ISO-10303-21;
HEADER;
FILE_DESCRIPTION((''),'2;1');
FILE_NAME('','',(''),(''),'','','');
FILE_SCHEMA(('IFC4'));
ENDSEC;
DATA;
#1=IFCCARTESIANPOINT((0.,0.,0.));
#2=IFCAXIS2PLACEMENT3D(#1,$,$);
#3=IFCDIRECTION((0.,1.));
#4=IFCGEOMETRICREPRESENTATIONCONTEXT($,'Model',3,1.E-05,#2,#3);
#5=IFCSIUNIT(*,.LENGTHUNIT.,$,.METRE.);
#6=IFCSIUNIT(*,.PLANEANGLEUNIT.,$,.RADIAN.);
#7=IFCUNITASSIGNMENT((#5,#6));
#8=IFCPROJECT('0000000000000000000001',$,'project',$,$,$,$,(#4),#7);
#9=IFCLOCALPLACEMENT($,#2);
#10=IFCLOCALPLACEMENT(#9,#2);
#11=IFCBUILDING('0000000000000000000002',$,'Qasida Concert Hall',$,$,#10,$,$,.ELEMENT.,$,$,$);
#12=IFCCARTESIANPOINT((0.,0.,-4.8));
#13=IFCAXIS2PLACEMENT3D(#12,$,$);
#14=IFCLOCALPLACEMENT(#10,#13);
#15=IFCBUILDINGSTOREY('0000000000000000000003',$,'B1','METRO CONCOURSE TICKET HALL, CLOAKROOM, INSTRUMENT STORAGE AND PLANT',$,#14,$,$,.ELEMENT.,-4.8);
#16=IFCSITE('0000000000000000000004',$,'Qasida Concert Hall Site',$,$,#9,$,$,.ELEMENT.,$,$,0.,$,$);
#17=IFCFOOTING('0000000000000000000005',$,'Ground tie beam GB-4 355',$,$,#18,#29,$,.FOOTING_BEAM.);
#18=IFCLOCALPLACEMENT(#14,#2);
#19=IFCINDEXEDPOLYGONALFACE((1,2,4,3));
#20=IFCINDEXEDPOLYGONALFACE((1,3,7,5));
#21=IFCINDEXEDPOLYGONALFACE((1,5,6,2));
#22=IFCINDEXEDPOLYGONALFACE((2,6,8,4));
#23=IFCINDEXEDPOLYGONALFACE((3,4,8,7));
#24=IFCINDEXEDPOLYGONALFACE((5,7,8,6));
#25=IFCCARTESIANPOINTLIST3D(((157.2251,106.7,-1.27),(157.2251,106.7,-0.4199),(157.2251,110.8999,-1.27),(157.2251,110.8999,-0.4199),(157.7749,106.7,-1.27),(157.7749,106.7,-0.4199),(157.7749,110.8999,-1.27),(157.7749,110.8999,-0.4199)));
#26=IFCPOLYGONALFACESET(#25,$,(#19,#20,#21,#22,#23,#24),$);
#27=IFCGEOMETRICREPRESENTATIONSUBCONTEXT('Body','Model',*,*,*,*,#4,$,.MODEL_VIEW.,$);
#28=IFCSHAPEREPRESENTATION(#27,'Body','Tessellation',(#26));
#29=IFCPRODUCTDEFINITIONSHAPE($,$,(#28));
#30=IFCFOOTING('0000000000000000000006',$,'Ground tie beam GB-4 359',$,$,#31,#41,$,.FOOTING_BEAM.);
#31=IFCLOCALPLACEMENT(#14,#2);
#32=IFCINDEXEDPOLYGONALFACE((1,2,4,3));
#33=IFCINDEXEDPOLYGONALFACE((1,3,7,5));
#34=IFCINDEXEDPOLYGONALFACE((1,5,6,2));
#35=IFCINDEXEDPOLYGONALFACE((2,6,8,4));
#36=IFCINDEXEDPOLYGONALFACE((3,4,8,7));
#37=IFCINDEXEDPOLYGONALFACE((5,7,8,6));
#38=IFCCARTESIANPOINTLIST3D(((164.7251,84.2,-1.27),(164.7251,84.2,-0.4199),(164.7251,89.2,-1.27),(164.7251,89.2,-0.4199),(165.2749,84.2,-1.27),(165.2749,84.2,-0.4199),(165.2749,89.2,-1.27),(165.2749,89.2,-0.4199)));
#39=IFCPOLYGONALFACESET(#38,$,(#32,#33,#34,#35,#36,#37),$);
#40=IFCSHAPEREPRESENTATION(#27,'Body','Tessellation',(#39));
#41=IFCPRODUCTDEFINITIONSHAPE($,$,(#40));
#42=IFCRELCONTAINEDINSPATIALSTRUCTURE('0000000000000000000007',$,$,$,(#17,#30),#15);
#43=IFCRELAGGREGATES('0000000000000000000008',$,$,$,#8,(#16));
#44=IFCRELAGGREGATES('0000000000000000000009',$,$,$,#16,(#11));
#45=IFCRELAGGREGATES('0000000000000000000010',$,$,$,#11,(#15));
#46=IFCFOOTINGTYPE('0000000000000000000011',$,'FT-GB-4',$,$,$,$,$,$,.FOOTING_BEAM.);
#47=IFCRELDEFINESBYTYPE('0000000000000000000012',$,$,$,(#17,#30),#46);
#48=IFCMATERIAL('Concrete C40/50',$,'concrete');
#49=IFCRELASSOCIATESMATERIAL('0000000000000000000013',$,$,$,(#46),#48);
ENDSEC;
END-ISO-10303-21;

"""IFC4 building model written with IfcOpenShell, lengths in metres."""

from ifc_helpers import new_model, si_unit, direction, frame, origin, place, context, subcontext, project, spatial, polyline, outline, extrude, material, type_object, element, save


model = new_model("IFC4")

# Units and contexts
model_context = context("Model", 3, precision=1e-05, world=origin(), true_north=direction((0.0, 1.0)))
body_context = subcontext(model_context, "Body", "Model", "MODEL_VIEW")
ifc_project = project(units=[si_unit("LENGTHUNIT", "METRE"), si_unit("PLANEANGLEUNIT", "RADIAN")], contexts=[model_context])

# Site, building, storey
site_placement = place(None, origin())
site = spatial("IfcSite", under=ifc_project, at=site_placement, Name="Qasida Concert Hall Site", CompositionType="ELEMENT", RefElevation=0.0)
building_placement = place(site_placement, origin())
building = spatial("IfcBuilding", under=site, at=building_placement, Name="Qasida Concert Hall", CompositionType="ELEMENT")
storey_placement = place(building_placement, frame((0.0, 0.0, -4.8)))
storey = spatial("IfcBuildingStorey", under=building, at=storey_placement, Name="B1", Description="METRO CONCOURSE TICKET HALL, CLOAKROOM, INSTRUMENT STORAGE AND PLANT", CompositionType="ELEMENT", Elevation=-4.8)

# Footings
ifc_material = material(Name="Concrete C40/50", Category="concrete")
footing_type_1 = type_object("IfcFootingType", Name="FT-GB-4", PredefinedType="FOOTING_BEAM", material=ifc_material)
footing_1_placement = place(storey_placement, frame((0.0, 0.0, -1.27)))
element("IfcFooting", 1, at=footing_1_placement, inside=storey, type_object=footing_type_1, Name="Ground tie beam GB-4 355", PredefinedType="FOOTING_BEAM", context=body_context, shape_type="SweptSolid", body=[
    extrude(outline(polyline([(157.2251, 106.7), (157.7749, 106.7), (157.7749, 110.8999), (157.2251, 110.8999), (157.2251, 106.7)])), origin(), (0.0, 0.0, 1.0), 0.8501),
])
footing_2_placement = place(storey_placement, frame((0.0, 0.0, -1.27)))
element("IfcFooting", 2, at=footing_2_placement, inside=storey, type_object=footing_type_1, Name="Ground tie beam GB-4 359", PredefinedType="FOOTING_BEAM", context=body_context, shape_type="SweptSolid", body=[
    extrude(outline(polyline([(164.7251, 84.2), (165.2749, 84.2), (165.2749, 89.2), (164.7251, 89.2), (164.7251, 84.2)])), origin(), (0.0, 0.0, 1.0), 0.8501),
])

save(model, "model.ifc")
